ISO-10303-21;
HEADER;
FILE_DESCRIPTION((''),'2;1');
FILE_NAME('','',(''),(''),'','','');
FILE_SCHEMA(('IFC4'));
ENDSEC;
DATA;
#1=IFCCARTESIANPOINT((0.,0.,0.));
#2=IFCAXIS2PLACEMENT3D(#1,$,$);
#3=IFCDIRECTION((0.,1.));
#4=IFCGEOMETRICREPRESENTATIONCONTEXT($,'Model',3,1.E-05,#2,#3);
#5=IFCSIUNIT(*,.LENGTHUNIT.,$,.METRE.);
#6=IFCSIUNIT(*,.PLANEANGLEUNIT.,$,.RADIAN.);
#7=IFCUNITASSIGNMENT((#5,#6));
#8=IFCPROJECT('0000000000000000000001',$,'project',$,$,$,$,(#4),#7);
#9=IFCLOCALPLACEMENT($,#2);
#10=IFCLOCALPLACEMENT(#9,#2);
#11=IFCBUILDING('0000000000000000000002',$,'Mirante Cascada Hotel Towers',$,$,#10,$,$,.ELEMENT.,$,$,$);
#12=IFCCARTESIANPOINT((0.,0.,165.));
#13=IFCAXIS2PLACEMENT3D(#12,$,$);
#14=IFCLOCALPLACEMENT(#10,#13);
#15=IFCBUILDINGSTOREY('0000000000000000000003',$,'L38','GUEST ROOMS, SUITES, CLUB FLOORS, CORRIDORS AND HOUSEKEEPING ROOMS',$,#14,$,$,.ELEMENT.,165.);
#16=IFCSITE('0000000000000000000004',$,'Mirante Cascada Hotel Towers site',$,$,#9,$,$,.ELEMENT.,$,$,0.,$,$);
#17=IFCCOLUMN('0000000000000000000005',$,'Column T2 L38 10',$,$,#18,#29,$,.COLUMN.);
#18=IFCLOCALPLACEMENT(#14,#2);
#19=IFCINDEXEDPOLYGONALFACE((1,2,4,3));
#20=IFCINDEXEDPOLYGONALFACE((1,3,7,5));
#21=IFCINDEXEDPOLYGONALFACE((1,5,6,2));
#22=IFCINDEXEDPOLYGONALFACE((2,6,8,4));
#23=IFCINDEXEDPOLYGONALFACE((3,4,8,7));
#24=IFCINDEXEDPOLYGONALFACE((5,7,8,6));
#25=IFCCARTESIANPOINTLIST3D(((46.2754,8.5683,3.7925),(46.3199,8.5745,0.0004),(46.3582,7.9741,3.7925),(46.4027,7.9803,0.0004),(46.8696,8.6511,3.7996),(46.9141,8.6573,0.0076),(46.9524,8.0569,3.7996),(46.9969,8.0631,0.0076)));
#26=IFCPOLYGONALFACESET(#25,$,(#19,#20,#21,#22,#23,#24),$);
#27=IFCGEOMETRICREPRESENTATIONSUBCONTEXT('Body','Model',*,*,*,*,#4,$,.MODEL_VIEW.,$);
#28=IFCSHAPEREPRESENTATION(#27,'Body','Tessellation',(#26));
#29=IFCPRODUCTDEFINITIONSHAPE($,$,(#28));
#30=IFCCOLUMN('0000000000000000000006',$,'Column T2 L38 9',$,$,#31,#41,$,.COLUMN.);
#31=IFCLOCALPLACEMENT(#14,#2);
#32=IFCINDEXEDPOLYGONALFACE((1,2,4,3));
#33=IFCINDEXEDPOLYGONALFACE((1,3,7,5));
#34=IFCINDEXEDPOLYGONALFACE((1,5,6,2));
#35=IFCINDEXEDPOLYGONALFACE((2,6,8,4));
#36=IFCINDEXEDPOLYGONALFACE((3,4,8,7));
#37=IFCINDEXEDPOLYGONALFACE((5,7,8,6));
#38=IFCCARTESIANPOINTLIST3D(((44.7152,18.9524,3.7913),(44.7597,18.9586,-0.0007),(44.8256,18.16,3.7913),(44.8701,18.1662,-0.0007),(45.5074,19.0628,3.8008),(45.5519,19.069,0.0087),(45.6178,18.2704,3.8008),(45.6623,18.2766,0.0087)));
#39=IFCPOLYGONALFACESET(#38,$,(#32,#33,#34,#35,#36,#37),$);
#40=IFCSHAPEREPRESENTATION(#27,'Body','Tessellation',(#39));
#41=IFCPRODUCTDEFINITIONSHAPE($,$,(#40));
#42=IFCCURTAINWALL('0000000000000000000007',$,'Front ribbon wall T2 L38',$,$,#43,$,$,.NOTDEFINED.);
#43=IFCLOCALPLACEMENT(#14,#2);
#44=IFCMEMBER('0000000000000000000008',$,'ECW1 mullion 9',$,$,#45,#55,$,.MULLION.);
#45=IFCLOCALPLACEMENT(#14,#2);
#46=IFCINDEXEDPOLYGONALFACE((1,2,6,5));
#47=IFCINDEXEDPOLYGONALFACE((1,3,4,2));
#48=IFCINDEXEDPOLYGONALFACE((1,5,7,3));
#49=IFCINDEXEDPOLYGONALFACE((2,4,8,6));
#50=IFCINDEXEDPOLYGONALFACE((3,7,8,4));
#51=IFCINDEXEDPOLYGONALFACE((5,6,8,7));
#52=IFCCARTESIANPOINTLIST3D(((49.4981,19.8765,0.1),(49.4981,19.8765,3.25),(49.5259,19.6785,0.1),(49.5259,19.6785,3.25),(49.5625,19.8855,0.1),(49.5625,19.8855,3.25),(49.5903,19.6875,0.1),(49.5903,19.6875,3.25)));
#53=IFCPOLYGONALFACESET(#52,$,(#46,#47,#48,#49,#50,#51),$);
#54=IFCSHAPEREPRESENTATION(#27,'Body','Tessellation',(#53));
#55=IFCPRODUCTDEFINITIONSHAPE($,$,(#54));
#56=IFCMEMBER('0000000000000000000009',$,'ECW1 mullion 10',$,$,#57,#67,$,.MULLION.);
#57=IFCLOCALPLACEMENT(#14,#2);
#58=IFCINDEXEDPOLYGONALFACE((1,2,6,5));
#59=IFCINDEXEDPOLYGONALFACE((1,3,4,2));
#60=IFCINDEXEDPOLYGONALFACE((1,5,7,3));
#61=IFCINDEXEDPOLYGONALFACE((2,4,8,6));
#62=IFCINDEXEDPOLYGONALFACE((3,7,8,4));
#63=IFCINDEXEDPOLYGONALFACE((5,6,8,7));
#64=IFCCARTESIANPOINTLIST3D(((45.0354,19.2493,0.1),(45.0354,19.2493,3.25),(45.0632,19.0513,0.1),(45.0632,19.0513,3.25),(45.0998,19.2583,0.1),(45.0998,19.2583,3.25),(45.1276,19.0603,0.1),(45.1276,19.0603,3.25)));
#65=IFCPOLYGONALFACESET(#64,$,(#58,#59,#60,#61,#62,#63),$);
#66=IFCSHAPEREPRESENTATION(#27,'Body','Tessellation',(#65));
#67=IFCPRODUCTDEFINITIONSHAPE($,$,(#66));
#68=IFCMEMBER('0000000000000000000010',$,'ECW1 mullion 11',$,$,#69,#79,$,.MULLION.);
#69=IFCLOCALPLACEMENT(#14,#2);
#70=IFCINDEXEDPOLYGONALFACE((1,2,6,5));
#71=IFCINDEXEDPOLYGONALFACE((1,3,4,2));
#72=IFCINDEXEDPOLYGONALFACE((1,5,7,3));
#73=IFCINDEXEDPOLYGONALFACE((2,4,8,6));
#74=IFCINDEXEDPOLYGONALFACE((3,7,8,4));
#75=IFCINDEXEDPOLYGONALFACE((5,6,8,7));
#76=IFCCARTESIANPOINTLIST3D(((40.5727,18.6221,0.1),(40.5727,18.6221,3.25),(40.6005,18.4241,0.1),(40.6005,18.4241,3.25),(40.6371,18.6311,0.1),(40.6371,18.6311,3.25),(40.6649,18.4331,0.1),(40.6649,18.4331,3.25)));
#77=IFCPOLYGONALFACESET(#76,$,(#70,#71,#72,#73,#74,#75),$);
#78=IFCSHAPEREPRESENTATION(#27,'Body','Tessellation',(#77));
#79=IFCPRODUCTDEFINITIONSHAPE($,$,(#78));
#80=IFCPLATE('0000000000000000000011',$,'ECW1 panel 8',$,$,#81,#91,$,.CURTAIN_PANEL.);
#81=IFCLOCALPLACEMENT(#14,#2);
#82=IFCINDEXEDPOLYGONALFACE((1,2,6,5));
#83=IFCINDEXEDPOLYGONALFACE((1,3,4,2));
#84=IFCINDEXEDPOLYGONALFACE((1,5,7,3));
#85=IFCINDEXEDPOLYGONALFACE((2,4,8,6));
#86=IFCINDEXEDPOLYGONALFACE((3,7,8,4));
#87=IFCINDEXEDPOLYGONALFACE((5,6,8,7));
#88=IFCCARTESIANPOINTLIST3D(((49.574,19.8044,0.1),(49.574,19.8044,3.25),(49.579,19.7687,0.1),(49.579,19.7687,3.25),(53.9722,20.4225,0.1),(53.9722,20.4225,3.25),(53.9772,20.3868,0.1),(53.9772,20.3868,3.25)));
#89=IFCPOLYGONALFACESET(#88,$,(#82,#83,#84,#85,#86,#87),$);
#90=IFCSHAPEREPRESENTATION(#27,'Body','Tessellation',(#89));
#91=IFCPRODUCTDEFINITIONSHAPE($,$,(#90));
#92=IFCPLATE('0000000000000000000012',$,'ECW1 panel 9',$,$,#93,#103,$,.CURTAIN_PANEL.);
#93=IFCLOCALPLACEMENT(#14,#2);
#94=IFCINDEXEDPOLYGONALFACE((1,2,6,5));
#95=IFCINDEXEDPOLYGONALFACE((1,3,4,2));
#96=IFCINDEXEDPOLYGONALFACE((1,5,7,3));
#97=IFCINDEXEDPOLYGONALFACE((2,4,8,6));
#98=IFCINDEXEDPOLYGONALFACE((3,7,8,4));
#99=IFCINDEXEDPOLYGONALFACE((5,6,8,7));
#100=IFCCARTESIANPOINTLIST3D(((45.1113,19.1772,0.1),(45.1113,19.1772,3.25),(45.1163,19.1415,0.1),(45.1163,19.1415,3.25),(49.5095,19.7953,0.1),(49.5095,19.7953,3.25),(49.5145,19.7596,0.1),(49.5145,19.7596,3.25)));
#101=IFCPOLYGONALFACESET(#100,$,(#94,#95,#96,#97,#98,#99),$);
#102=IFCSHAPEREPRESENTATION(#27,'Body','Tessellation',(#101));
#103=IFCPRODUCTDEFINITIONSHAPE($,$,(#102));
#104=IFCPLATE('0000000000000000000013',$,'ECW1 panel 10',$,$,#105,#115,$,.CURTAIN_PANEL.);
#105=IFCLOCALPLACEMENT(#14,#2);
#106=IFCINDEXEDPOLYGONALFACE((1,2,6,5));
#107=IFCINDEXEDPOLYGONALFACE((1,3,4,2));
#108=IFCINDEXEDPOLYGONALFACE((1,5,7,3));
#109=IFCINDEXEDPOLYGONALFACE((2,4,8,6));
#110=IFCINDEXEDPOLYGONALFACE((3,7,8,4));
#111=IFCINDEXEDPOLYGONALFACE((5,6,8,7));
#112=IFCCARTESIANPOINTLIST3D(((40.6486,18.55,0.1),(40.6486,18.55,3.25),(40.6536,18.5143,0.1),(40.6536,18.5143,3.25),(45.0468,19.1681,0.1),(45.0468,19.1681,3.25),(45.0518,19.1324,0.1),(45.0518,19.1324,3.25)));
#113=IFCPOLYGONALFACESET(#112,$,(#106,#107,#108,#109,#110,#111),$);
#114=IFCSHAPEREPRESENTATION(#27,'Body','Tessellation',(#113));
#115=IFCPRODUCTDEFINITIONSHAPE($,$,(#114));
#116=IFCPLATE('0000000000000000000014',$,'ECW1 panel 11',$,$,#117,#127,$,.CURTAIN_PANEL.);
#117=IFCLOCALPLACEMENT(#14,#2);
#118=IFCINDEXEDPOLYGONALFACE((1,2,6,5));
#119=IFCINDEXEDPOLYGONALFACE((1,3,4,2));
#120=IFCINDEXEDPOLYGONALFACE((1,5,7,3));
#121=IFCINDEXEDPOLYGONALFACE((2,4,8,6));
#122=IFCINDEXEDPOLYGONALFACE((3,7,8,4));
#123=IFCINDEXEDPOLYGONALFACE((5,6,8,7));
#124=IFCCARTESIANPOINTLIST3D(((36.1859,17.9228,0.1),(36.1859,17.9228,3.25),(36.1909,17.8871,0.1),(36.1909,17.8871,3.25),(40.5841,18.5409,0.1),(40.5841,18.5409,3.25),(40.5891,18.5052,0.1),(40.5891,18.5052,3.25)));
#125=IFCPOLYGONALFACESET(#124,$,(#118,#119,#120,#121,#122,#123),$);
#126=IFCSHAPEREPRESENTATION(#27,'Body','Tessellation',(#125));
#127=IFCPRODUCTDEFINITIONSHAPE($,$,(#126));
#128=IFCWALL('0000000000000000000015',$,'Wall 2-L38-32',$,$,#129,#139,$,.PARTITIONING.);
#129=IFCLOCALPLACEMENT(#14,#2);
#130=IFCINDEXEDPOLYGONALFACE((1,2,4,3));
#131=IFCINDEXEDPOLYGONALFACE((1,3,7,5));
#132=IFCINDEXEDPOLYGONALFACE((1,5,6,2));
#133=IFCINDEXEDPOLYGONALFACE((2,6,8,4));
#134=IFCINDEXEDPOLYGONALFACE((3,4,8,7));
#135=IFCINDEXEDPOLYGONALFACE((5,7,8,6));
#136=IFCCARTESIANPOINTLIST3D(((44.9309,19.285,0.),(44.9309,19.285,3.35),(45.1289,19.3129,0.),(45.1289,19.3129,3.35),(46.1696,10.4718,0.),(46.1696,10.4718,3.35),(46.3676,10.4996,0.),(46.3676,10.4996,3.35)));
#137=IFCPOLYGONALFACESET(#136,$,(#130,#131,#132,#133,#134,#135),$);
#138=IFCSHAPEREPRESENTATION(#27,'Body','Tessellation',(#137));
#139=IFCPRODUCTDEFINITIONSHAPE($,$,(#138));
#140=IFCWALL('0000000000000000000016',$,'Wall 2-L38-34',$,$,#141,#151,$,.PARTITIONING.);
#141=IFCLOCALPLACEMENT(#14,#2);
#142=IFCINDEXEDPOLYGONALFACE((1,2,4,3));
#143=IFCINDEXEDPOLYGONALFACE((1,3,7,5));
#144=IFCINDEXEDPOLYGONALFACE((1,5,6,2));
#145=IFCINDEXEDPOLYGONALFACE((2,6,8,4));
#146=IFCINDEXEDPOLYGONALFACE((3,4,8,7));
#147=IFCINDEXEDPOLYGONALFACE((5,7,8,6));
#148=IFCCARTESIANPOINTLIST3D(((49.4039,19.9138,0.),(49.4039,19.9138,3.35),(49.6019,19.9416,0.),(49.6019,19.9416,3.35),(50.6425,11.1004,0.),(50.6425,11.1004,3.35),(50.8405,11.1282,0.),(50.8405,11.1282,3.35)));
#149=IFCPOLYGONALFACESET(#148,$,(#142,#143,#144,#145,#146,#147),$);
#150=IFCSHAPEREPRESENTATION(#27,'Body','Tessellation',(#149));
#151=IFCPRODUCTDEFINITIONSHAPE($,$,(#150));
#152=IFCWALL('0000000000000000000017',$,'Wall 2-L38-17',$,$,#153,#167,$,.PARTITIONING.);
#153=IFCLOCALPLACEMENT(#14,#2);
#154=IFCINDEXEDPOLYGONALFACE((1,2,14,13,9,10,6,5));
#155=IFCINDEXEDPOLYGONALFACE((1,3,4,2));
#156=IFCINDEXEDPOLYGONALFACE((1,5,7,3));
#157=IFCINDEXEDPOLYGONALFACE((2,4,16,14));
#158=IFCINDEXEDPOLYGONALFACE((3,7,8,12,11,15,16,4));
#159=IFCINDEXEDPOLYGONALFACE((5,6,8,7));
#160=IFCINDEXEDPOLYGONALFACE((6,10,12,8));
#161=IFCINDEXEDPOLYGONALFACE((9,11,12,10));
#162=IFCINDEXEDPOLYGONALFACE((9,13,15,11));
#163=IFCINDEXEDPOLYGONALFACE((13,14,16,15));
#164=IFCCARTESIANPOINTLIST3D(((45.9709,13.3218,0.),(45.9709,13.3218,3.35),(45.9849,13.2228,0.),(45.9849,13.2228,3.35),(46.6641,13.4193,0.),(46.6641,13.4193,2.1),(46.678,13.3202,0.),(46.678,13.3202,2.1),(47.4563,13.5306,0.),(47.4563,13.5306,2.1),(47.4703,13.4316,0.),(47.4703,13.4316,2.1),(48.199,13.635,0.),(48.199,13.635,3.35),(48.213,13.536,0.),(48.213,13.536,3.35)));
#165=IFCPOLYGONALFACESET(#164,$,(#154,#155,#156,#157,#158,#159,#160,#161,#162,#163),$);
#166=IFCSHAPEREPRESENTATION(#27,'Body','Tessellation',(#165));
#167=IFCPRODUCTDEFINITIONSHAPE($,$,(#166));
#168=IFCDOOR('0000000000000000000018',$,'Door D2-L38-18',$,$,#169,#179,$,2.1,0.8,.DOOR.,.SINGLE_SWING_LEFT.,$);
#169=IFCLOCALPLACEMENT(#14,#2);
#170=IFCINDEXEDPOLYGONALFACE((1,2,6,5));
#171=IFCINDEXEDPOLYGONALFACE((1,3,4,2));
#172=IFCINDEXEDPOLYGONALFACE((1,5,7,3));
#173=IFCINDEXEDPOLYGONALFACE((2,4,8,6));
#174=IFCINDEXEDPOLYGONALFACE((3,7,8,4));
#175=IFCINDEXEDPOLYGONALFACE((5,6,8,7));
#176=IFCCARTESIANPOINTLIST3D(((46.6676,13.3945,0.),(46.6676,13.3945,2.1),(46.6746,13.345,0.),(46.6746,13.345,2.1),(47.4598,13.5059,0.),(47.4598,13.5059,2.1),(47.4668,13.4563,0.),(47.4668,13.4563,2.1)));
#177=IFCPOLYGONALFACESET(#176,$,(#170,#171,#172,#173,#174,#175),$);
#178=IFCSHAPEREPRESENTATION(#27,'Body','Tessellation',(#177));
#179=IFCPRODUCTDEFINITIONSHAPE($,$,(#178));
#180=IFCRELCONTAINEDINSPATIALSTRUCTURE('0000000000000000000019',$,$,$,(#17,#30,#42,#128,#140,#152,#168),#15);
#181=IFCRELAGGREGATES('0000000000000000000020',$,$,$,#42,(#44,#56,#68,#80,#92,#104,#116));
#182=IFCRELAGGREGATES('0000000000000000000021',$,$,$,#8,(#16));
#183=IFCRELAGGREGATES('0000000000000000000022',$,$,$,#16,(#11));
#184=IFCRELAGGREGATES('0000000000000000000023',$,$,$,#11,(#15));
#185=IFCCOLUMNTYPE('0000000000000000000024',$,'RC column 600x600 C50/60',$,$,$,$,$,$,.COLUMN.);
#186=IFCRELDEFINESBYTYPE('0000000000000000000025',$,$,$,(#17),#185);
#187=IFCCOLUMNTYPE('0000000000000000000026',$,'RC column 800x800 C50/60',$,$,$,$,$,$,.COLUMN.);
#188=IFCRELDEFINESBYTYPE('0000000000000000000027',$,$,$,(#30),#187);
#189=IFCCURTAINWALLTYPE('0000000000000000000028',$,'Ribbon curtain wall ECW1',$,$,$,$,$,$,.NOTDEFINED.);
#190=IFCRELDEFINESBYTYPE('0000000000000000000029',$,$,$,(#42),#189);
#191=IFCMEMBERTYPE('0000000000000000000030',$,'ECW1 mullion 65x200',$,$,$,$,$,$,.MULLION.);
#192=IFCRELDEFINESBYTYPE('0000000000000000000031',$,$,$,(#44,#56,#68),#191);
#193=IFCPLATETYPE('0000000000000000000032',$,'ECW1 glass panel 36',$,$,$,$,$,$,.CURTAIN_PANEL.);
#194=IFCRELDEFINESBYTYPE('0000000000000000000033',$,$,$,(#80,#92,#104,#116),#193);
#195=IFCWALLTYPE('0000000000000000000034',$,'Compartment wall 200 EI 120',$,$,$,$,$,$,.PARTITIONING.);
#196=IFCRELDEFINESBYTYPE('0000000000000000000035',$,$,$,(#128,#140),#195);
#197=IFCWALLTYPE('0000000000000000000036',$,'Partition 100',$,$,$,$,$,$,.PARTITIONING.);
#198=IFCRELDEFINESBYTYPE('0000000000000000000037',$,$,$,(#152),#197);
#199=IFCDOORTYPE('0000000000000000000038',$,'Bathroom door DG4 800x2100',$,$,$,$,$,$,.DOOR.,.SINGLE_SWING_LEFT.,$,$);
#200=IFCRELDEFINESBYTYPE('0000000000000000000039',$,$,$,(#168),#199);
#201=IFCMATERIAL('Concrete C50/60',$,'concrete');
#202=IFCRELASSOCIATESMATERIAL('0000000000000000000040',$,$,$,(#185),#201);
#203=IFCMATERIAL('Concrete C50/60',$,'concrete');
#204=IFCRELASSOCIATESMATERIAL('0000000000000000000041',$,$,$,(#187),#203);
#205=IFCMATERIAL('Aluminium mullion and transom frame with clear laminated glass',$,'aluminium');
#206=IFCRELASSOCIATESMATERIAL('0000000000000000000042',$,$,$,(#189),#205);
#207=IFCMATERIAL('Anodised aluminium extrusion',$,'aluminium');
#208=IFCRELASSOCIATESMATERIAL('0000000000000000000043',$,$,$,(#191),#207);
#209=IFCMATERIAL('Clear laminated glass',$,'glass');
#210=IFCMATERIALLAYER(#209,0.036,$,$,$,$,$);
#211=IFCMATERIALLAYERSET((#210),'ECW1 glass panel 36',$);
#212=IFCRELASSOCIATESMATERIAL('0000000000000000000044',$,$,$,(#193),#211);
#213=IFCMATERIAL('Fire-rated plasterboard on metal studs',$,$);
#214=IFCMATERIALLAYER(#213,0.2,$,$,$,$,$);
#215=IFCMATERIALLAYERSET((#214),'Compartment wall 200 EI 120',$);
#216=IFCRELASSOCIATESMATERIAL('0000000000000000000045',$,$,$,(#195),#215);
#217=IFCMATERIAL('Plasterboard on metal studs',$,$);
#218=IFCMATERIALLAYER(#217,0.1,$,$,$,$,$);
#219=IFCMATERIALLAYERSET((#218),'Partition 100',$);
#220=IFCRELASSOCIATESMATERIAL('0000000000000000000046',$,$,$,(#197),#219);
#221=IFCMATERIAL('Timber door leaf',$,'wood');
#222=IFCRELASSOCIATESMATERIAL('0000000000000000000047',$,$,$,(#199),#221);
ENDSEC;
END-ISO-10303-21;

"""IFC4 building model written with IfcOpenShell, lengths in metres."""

from ifc_helpers import new_model, si_unit, direction, frame, frame_2d, origin, origin_2d, place, context, subcontext, project, spatial, rectangle, extrude, material, layer, layer_set, material_profile, profile_set, type_object, element, fill, aggregate, save


model = new_model("IFC4")

# Units and contexts
model_context = context("Model", 3, precision=1e-05, world=origin(), true_north=direction((0.0, 1.0)))
body_context = subcontext(model_context, "Body", "Model", "MODEL_VIEW")
ifc_project = project(units=[si_unit("LENGTHUNIT", "METRE"), si_unit("PLANEANGLEUNIT", "RADIAN")], contexts=[model_context])

# Site, building, storey
site_placement = place(None, origin())
site = spatial("IfcSite", under=ifc_project, at=site_placement, Name="Mirante Cascada Hotel Towers site", CompositionType="ELEMENT", RefElevation=0.0)
building_placement = place(site_placement, origin())
building = spatial("IfcBuilding", under=site, at=building_placement, Name="Mirante Cascada Hotel Towers", CompositionType="ELEMENT")
storey_placement = place(building_placement, frame((0.0, 0.0, 165.0)))
storey = spatial("IfcBuildingStorey", under=building, at=storey_placement, Name="L38", Description="GUEST ROOMS, SUITES, CLUB FLOORS, CORRIDORS AND HOUSEKEEPING ROOMS", CompositionType="ELEMENT", Elevation=165.0)

# Columns
ifc_material_1 = material(Name="Concrete C50/60", Category="concrete")
ifc_material_profile_1 = material_profile(ifc_material_1, rectangle(XDim=0.6, YDim=0.6, at=origin_2d()), Name="RC column 600x600 C50/60")
ifc_profile_set_1 = profile_set([ifc_material_profile_1], Name="Concrete C50/60")
column_type_1 = type_object("IfcColumnType", Name="RC column 600x600 C50/60", PredefinedType="COLUMN", material=ifc_profile_set_1)
column_1_placement = place(storey_placement, frame((46.6584, 8.3188, 0.004), z_axis=(-0.011734, -0.001635, 0.99993), x_axis=(0.137993, -0.990433, 0.0)))
element("IfcColumn", 1, at=column_1_placement, inside=storey, type_object=column_type_1, Name="Column T2 L38 10", PredefinedType="COLUMN", context=body_context, shape_type="SweptSolid", body=[
    extrude(rectangle(XDim=0.6, YDim=0.6, at=origin_2d()), origin(), (0.0, 0.0, 1.0), 3.7923),
])
ifc_material_2 = material(Name="Concrete C50/60", Category="concrete")
ifc_material_profile_2 = material_profile(ifc_material_2, rectangle(XDim=0.8, YDim=0.8, at=origin_2d()), Name="RC column 800x800 C50/60")
ifc_profile_set_2 = profile_set([ifc_material_profile_2], Name="Concrete C50/60")
column_type_2 = type_object("IfcColumnType", Name="RC column 800x800 C50/60", PredefinedType="COLUMN", material=ifc_profile_set_2)
column_2_placement = place(storey_placement, frame((45.211, 18.6176, 0.004), z_axis=(-0.011734, -0.001635, 0.99993), x_axis=(0.137993, -0.990433, 0.0)))
element("IfcColumn", 2, at=column_2_placement, inside=storey, type_object=column_type_2, Name="Column T2 L38 9", PredefinedType="COLUMN", context=body_context, shape_type="SweptSolid", body=[
    extrude(rectangle(XDim=0.8, YDim=0.8, at=origin_2d()), origin(), (0.0, 0.0, 1.0), 3.7923),
])

# Curtain wall, members, plates
ifc_material_3 = material(Name="Aluminium mullion and transom frame with clear laminated glass", Category="aluminium")
curtain_wall_type = type_object("IfcCurtainWallType", Name="Ribbon curtain wall ECW1", PredefinedType="NOTDEFINED", material=ifc_material_3)
curtain_wall_placement = place(storey_placement, origin())
curtain_wall = element("IfcCurtainWall", 3, at=curtain_wall_placement, inside=storey, type_object=curtain_wall_type, Name="Front ribbon wall T2 L38", PredefinedType="NOTDEFINED")
ifc_material_4 = material(Name="Anodised aluminium extrusion", Category="aluminium")
ifc_material_profile_3 = material_profile(ifc_material_4, rectangle(XDim=0.2, YDim=0.065, at=origin_2d()), Name="ECW1 MULLION 65x200")
ifc_profile_set_3 = profile_set([ifc_material_profile_3], Name="Anodised aluminium extrusion")
member_type = type_object("IfcMemberType", Name="ECW1 mullion 65x200", PredefinedType="MULLION", material=ifc_profile_set_3)
member_1_placement = place(storey_placement, frame((49.5442, 19.782, 0.1), z_axis=(0.0, 0.0, 1.0), x_axis=(0.139173, -0.990268, 0.0)))
member_1 = element("IfcMember", 4, at=member_1_placement, type_object=member_type, Name="ECW1 mullion 9", PredefinedType="MULLION", context=body_context, shape_type="SweptSolid", body=[
    extrude(rectangle(XDim=0.2, YDim=0.065, at=origin_2d()), origin(), (0.0, 0.0, 1.0), 3.15),
])
member_2_placement = place(storey_placement, frame((45.0815, 19.1548, 0.1), z_axis=(0.0, 0.0, 1.0), x_axis=(0.139173, -0.990268, 0.0)))
member_2 = element("IfcMember", 5, at=member_2_placement, type_object=member_type, Name="ECW1 mullion 10", PredefinedType="MULLION", context=body_context, shape_type="SweptSolid", body=[
    extrude(rectangle(XDim=0.2, YDim=0.065, at=origin_2d()), origin(), (0.0, 0.0, 1.0), 3.15),
])
member_3_placement = place(storey_placement, frame((40.6188, 18.5276, 0.1), z_axis=(0.0, 0.0, 1.0), x_axis=(0.139173, -0.990268, 0.0)))
member_3 = element("IfcMember", 6, at=member_3_placement, type_object=member_type, Name="ECW1 mullion 11", PredefinedType="MULLION", context=body_context, shape_type="SweptSolid", body=[
    extrude(rectangle(XDim=0.2, YDim=0.065, at=origin_2d()), origin(), (0.0, 0.0, 1.0), 3.15),
])
ifc_material_5 = material(Name="Clear laminated glass", Category="glass")
ifc_layer_1 = layer(ifc_material_5, 0.036)
ifc_layer_set_1 = layer_set([ifc_layer_1], Name="ECW1 glass panel 36")
plate_type = type_object("IfcPlateType", Name="ECW1 glass panel 36", PredefinedType="CURTAIN_PANEL", material=ifc_layer_set_1)
plate_1_placement = place(storey_placement, frame((51.7756, 20.0956, 0.1), z_axis=(0.0, 0.0, 1.0), x_axis=(-0.990268, -0.139173, 0.0)))
plate_1 = element("IfcPlate", 7, at=plate_1_placement, type_object=plate_type, Name="ECW1 panel 8", PredefinedType="CURTAIN_PANEL", context=body_context, shape_type="SweptSolid", body=[
    extrude(rectangle(XDim=4.4415, YDim=0.036, at=origin_2d()), origin(), (0.0, 0.0, 1.0), 3.15),
])
plate_2_placement = place(storey_placement, frame((47.3129, 19.4684, 0.1), z_axis=(0.0, 0.0, 1.0), x_axis=(-0.990268, -0.139173, 0.0)))
plate_2 = element("IfcPlate", 8, at=plate_2_placement, type_object=plate_type, Name="ECW1 panel 9", PredefinedType="CURTAIN_PANEL", context=body_context, shape_type="SweptSolid", body=[
    extrude(rectangle(XDim=4.4415, YDim=0.036, at=origin_2d()), origin(), (0.0, 0.0, 1.0), 3.15),
])
plate_3_placement = place(storey_placement, frame((42.8502, 18.8412, 0.1), z_axis=(0.0, 0.0, 1.0), x_axis=(-0.990268, -0.139173, 0.0)))
plate_3 = element("IfcPlate", 9, at=plate_3_placement, type_object=plate_type, Name="ECW1 panel 10", PredefinedType="CURTAIN_PANEL", context=body_context, shape_type="SweptSolid", body=[
    extrude(rectangle(XDim=4.4415, YDim=0.036, at=origin_2d()), origin(), (0.0, 0.0, 1.0), 3.15),
])
plate_4_placement = place(storey_placement, frame((38.3875, 18.214, 0.1), z_axis=(0.0, 0.0, 1.0), x_axis=(-0.990268, -0.139173, 0.0)))
plate_4 = element("IfcPlate", 10, at=plate_4_placement, type_object=plate_type, Name="ECW1 panel 11", PredefinedType="CURTAIN_PANEL", context=body_context, shape_type="SweptSolid", body=[
    extrude(rectangle(XDim=4.4415, YDim=0.036, at=origin_2d()), origin(), (0.0, 0.0, 1.0), 3.15),
])
aggregate(curtain_wall, [member_1, member_2, member_3, plate_1, plate_2, plate_3, plate_4])

# Walls
ifc_material_6 = material(Name="Fire-rated plasterboard on metal studs")
ifc_layer_2 = layer(ifc_material_6, 0.2)
ifc_layer_set_2 = layer_set([ifc_layer_2], Name="Compartment wall 200 EI 120")
wall_type_1 = type_object("IfcWallType", Name="Compartment wall 200 EI 120", PredefinedType="PARTITIONING", material=ifc_layer_set_2)
wall_1_placement = place(storey_placement, frame((45.0299, 19.299, 0.0), z_axis=(0.0, 0.0, 1.0), x_axis=(0.139181, -0.990267, 0.0)))
element("IfcWall", 11, at=wall_1_placement, inside=storey, type_object=wall_type_1, Name="Wall 2-L38-32", PredefinedType="PARTITIONING", context=body_context, shape_type="SweptSolid", body=[
    extrude(rectangle(XDim=8.8999, YDim=0.2, at=frame_2d((4.45, 0.0))), origin(), (0.0, 0.0, 1.0), 3.35),
])
wall_2_placement = place(storey_placement, frame((49.5029, 19.9277, 0.0), z_axis=(0.0, 0.0, 1.0), x_axis=(0.139168, -0.990269, 0.0)))
element("IfcWall", 12, at=wall_2_placement, inside=storey, type_object=wall_type_1, Name="Wall 2-L38-34", PredefinedType="PARTITIONING", context=body_context, shape_type="SweptSolid", body=[
    extrude(rectangle(XDim=8.9, YDim=0.2, at=frame_2d((4.45, 0.0))), origin(), (0.0, 0.0, 1.0), 3.35),
])

# Wall, opening, door
ifc_material_7 = material(Name="Plasterboard on metal studs")
ifc_layer_3 = layer(ifc_material_7, 0.1)
ifc_layer_set_3 = layer_set([ifc_layer_3], Name="Partition 100")
wall_type_2 = type_object("IfcWallType", Name="Partition 100", PredefinedType="PARTITIONING", material=ifc_layer_set_3)
wall_3_placement = place(storey_placement, frame((45.9779, 13.2723, 0.0), z_axis=(0.0, 0.0, 1.0), x_axis=(0.990264, 0.1392, 0.0)))
wall_3 = element("IfcWall", 13, at=wall_3_placement, inside=storey, type_object=wall_type_2, Name="Wall 2-L38-17", PredefinedType="PARTITIONING", context=body_context, shape_type="SweptSolid", body=[
    extrude(rectangle(XDim=2.25, YDim=0.1, at=frame_2d((1.125, 0.0))), origin(), (0.0, 0.0, 1.0), 3.35),
])
opening_1_placement = place(wall_3_placement, frame((0.7, 0.0, 0.0)))
opening_1 = element("IfcOpeningElement", 14, at=opening_1_placement, cuts=wall_3, PredefinedType="OPENING", context=body_context, shape_type="SweptSolid", body=[
    extrude(rectangle(XDim=0.8, YDim=2.1, at=frame_2d((0.4, 1.05))), frame((0.0, 0.05, 0.0), z_axis=(0.0, -1.0, 0.0), x_axis=(1.0, 0.0, 0.0)), (0.0, 0.0, 1.0), 0.1),
])
ifc_material_8 = material(Name="Timber door leaf", Category="wood")
door_type = type_object("IfcDoorType", Name="Bathroom door DG4 800x2100", OperationType="SINGLE_SWING_LEFT", PredefinedType="DOOR", material=ifc_material_8)
door_1_placement = place(opening_1_placement, origin())
door_1 = element("IfcDoor", 15, at=door_1_placement, inside=storey, type_object=door_type, Name="Door D2-L38-18", OperationType="SINGLE_SWING_LEFT", OverallHeight=2.1, OverallWidth=0.8, PredefinedType="DOOR", context=body_context, shape_type="SweptSolid", body=[
    extrude(rectangle(XDim=0.8, YDim=2.1, at=frame_2d((0.4, 1.05))), frame((0.0, 0.025, 0.0), z_axis=(0.0, -1.0, 0.0), x_axis=(1.0, 0.0, 0.0)), (0.0, 0.0, 1.0), 0.05),
])
fill(opening_1, door_1)

save(model, "model.ifc")
